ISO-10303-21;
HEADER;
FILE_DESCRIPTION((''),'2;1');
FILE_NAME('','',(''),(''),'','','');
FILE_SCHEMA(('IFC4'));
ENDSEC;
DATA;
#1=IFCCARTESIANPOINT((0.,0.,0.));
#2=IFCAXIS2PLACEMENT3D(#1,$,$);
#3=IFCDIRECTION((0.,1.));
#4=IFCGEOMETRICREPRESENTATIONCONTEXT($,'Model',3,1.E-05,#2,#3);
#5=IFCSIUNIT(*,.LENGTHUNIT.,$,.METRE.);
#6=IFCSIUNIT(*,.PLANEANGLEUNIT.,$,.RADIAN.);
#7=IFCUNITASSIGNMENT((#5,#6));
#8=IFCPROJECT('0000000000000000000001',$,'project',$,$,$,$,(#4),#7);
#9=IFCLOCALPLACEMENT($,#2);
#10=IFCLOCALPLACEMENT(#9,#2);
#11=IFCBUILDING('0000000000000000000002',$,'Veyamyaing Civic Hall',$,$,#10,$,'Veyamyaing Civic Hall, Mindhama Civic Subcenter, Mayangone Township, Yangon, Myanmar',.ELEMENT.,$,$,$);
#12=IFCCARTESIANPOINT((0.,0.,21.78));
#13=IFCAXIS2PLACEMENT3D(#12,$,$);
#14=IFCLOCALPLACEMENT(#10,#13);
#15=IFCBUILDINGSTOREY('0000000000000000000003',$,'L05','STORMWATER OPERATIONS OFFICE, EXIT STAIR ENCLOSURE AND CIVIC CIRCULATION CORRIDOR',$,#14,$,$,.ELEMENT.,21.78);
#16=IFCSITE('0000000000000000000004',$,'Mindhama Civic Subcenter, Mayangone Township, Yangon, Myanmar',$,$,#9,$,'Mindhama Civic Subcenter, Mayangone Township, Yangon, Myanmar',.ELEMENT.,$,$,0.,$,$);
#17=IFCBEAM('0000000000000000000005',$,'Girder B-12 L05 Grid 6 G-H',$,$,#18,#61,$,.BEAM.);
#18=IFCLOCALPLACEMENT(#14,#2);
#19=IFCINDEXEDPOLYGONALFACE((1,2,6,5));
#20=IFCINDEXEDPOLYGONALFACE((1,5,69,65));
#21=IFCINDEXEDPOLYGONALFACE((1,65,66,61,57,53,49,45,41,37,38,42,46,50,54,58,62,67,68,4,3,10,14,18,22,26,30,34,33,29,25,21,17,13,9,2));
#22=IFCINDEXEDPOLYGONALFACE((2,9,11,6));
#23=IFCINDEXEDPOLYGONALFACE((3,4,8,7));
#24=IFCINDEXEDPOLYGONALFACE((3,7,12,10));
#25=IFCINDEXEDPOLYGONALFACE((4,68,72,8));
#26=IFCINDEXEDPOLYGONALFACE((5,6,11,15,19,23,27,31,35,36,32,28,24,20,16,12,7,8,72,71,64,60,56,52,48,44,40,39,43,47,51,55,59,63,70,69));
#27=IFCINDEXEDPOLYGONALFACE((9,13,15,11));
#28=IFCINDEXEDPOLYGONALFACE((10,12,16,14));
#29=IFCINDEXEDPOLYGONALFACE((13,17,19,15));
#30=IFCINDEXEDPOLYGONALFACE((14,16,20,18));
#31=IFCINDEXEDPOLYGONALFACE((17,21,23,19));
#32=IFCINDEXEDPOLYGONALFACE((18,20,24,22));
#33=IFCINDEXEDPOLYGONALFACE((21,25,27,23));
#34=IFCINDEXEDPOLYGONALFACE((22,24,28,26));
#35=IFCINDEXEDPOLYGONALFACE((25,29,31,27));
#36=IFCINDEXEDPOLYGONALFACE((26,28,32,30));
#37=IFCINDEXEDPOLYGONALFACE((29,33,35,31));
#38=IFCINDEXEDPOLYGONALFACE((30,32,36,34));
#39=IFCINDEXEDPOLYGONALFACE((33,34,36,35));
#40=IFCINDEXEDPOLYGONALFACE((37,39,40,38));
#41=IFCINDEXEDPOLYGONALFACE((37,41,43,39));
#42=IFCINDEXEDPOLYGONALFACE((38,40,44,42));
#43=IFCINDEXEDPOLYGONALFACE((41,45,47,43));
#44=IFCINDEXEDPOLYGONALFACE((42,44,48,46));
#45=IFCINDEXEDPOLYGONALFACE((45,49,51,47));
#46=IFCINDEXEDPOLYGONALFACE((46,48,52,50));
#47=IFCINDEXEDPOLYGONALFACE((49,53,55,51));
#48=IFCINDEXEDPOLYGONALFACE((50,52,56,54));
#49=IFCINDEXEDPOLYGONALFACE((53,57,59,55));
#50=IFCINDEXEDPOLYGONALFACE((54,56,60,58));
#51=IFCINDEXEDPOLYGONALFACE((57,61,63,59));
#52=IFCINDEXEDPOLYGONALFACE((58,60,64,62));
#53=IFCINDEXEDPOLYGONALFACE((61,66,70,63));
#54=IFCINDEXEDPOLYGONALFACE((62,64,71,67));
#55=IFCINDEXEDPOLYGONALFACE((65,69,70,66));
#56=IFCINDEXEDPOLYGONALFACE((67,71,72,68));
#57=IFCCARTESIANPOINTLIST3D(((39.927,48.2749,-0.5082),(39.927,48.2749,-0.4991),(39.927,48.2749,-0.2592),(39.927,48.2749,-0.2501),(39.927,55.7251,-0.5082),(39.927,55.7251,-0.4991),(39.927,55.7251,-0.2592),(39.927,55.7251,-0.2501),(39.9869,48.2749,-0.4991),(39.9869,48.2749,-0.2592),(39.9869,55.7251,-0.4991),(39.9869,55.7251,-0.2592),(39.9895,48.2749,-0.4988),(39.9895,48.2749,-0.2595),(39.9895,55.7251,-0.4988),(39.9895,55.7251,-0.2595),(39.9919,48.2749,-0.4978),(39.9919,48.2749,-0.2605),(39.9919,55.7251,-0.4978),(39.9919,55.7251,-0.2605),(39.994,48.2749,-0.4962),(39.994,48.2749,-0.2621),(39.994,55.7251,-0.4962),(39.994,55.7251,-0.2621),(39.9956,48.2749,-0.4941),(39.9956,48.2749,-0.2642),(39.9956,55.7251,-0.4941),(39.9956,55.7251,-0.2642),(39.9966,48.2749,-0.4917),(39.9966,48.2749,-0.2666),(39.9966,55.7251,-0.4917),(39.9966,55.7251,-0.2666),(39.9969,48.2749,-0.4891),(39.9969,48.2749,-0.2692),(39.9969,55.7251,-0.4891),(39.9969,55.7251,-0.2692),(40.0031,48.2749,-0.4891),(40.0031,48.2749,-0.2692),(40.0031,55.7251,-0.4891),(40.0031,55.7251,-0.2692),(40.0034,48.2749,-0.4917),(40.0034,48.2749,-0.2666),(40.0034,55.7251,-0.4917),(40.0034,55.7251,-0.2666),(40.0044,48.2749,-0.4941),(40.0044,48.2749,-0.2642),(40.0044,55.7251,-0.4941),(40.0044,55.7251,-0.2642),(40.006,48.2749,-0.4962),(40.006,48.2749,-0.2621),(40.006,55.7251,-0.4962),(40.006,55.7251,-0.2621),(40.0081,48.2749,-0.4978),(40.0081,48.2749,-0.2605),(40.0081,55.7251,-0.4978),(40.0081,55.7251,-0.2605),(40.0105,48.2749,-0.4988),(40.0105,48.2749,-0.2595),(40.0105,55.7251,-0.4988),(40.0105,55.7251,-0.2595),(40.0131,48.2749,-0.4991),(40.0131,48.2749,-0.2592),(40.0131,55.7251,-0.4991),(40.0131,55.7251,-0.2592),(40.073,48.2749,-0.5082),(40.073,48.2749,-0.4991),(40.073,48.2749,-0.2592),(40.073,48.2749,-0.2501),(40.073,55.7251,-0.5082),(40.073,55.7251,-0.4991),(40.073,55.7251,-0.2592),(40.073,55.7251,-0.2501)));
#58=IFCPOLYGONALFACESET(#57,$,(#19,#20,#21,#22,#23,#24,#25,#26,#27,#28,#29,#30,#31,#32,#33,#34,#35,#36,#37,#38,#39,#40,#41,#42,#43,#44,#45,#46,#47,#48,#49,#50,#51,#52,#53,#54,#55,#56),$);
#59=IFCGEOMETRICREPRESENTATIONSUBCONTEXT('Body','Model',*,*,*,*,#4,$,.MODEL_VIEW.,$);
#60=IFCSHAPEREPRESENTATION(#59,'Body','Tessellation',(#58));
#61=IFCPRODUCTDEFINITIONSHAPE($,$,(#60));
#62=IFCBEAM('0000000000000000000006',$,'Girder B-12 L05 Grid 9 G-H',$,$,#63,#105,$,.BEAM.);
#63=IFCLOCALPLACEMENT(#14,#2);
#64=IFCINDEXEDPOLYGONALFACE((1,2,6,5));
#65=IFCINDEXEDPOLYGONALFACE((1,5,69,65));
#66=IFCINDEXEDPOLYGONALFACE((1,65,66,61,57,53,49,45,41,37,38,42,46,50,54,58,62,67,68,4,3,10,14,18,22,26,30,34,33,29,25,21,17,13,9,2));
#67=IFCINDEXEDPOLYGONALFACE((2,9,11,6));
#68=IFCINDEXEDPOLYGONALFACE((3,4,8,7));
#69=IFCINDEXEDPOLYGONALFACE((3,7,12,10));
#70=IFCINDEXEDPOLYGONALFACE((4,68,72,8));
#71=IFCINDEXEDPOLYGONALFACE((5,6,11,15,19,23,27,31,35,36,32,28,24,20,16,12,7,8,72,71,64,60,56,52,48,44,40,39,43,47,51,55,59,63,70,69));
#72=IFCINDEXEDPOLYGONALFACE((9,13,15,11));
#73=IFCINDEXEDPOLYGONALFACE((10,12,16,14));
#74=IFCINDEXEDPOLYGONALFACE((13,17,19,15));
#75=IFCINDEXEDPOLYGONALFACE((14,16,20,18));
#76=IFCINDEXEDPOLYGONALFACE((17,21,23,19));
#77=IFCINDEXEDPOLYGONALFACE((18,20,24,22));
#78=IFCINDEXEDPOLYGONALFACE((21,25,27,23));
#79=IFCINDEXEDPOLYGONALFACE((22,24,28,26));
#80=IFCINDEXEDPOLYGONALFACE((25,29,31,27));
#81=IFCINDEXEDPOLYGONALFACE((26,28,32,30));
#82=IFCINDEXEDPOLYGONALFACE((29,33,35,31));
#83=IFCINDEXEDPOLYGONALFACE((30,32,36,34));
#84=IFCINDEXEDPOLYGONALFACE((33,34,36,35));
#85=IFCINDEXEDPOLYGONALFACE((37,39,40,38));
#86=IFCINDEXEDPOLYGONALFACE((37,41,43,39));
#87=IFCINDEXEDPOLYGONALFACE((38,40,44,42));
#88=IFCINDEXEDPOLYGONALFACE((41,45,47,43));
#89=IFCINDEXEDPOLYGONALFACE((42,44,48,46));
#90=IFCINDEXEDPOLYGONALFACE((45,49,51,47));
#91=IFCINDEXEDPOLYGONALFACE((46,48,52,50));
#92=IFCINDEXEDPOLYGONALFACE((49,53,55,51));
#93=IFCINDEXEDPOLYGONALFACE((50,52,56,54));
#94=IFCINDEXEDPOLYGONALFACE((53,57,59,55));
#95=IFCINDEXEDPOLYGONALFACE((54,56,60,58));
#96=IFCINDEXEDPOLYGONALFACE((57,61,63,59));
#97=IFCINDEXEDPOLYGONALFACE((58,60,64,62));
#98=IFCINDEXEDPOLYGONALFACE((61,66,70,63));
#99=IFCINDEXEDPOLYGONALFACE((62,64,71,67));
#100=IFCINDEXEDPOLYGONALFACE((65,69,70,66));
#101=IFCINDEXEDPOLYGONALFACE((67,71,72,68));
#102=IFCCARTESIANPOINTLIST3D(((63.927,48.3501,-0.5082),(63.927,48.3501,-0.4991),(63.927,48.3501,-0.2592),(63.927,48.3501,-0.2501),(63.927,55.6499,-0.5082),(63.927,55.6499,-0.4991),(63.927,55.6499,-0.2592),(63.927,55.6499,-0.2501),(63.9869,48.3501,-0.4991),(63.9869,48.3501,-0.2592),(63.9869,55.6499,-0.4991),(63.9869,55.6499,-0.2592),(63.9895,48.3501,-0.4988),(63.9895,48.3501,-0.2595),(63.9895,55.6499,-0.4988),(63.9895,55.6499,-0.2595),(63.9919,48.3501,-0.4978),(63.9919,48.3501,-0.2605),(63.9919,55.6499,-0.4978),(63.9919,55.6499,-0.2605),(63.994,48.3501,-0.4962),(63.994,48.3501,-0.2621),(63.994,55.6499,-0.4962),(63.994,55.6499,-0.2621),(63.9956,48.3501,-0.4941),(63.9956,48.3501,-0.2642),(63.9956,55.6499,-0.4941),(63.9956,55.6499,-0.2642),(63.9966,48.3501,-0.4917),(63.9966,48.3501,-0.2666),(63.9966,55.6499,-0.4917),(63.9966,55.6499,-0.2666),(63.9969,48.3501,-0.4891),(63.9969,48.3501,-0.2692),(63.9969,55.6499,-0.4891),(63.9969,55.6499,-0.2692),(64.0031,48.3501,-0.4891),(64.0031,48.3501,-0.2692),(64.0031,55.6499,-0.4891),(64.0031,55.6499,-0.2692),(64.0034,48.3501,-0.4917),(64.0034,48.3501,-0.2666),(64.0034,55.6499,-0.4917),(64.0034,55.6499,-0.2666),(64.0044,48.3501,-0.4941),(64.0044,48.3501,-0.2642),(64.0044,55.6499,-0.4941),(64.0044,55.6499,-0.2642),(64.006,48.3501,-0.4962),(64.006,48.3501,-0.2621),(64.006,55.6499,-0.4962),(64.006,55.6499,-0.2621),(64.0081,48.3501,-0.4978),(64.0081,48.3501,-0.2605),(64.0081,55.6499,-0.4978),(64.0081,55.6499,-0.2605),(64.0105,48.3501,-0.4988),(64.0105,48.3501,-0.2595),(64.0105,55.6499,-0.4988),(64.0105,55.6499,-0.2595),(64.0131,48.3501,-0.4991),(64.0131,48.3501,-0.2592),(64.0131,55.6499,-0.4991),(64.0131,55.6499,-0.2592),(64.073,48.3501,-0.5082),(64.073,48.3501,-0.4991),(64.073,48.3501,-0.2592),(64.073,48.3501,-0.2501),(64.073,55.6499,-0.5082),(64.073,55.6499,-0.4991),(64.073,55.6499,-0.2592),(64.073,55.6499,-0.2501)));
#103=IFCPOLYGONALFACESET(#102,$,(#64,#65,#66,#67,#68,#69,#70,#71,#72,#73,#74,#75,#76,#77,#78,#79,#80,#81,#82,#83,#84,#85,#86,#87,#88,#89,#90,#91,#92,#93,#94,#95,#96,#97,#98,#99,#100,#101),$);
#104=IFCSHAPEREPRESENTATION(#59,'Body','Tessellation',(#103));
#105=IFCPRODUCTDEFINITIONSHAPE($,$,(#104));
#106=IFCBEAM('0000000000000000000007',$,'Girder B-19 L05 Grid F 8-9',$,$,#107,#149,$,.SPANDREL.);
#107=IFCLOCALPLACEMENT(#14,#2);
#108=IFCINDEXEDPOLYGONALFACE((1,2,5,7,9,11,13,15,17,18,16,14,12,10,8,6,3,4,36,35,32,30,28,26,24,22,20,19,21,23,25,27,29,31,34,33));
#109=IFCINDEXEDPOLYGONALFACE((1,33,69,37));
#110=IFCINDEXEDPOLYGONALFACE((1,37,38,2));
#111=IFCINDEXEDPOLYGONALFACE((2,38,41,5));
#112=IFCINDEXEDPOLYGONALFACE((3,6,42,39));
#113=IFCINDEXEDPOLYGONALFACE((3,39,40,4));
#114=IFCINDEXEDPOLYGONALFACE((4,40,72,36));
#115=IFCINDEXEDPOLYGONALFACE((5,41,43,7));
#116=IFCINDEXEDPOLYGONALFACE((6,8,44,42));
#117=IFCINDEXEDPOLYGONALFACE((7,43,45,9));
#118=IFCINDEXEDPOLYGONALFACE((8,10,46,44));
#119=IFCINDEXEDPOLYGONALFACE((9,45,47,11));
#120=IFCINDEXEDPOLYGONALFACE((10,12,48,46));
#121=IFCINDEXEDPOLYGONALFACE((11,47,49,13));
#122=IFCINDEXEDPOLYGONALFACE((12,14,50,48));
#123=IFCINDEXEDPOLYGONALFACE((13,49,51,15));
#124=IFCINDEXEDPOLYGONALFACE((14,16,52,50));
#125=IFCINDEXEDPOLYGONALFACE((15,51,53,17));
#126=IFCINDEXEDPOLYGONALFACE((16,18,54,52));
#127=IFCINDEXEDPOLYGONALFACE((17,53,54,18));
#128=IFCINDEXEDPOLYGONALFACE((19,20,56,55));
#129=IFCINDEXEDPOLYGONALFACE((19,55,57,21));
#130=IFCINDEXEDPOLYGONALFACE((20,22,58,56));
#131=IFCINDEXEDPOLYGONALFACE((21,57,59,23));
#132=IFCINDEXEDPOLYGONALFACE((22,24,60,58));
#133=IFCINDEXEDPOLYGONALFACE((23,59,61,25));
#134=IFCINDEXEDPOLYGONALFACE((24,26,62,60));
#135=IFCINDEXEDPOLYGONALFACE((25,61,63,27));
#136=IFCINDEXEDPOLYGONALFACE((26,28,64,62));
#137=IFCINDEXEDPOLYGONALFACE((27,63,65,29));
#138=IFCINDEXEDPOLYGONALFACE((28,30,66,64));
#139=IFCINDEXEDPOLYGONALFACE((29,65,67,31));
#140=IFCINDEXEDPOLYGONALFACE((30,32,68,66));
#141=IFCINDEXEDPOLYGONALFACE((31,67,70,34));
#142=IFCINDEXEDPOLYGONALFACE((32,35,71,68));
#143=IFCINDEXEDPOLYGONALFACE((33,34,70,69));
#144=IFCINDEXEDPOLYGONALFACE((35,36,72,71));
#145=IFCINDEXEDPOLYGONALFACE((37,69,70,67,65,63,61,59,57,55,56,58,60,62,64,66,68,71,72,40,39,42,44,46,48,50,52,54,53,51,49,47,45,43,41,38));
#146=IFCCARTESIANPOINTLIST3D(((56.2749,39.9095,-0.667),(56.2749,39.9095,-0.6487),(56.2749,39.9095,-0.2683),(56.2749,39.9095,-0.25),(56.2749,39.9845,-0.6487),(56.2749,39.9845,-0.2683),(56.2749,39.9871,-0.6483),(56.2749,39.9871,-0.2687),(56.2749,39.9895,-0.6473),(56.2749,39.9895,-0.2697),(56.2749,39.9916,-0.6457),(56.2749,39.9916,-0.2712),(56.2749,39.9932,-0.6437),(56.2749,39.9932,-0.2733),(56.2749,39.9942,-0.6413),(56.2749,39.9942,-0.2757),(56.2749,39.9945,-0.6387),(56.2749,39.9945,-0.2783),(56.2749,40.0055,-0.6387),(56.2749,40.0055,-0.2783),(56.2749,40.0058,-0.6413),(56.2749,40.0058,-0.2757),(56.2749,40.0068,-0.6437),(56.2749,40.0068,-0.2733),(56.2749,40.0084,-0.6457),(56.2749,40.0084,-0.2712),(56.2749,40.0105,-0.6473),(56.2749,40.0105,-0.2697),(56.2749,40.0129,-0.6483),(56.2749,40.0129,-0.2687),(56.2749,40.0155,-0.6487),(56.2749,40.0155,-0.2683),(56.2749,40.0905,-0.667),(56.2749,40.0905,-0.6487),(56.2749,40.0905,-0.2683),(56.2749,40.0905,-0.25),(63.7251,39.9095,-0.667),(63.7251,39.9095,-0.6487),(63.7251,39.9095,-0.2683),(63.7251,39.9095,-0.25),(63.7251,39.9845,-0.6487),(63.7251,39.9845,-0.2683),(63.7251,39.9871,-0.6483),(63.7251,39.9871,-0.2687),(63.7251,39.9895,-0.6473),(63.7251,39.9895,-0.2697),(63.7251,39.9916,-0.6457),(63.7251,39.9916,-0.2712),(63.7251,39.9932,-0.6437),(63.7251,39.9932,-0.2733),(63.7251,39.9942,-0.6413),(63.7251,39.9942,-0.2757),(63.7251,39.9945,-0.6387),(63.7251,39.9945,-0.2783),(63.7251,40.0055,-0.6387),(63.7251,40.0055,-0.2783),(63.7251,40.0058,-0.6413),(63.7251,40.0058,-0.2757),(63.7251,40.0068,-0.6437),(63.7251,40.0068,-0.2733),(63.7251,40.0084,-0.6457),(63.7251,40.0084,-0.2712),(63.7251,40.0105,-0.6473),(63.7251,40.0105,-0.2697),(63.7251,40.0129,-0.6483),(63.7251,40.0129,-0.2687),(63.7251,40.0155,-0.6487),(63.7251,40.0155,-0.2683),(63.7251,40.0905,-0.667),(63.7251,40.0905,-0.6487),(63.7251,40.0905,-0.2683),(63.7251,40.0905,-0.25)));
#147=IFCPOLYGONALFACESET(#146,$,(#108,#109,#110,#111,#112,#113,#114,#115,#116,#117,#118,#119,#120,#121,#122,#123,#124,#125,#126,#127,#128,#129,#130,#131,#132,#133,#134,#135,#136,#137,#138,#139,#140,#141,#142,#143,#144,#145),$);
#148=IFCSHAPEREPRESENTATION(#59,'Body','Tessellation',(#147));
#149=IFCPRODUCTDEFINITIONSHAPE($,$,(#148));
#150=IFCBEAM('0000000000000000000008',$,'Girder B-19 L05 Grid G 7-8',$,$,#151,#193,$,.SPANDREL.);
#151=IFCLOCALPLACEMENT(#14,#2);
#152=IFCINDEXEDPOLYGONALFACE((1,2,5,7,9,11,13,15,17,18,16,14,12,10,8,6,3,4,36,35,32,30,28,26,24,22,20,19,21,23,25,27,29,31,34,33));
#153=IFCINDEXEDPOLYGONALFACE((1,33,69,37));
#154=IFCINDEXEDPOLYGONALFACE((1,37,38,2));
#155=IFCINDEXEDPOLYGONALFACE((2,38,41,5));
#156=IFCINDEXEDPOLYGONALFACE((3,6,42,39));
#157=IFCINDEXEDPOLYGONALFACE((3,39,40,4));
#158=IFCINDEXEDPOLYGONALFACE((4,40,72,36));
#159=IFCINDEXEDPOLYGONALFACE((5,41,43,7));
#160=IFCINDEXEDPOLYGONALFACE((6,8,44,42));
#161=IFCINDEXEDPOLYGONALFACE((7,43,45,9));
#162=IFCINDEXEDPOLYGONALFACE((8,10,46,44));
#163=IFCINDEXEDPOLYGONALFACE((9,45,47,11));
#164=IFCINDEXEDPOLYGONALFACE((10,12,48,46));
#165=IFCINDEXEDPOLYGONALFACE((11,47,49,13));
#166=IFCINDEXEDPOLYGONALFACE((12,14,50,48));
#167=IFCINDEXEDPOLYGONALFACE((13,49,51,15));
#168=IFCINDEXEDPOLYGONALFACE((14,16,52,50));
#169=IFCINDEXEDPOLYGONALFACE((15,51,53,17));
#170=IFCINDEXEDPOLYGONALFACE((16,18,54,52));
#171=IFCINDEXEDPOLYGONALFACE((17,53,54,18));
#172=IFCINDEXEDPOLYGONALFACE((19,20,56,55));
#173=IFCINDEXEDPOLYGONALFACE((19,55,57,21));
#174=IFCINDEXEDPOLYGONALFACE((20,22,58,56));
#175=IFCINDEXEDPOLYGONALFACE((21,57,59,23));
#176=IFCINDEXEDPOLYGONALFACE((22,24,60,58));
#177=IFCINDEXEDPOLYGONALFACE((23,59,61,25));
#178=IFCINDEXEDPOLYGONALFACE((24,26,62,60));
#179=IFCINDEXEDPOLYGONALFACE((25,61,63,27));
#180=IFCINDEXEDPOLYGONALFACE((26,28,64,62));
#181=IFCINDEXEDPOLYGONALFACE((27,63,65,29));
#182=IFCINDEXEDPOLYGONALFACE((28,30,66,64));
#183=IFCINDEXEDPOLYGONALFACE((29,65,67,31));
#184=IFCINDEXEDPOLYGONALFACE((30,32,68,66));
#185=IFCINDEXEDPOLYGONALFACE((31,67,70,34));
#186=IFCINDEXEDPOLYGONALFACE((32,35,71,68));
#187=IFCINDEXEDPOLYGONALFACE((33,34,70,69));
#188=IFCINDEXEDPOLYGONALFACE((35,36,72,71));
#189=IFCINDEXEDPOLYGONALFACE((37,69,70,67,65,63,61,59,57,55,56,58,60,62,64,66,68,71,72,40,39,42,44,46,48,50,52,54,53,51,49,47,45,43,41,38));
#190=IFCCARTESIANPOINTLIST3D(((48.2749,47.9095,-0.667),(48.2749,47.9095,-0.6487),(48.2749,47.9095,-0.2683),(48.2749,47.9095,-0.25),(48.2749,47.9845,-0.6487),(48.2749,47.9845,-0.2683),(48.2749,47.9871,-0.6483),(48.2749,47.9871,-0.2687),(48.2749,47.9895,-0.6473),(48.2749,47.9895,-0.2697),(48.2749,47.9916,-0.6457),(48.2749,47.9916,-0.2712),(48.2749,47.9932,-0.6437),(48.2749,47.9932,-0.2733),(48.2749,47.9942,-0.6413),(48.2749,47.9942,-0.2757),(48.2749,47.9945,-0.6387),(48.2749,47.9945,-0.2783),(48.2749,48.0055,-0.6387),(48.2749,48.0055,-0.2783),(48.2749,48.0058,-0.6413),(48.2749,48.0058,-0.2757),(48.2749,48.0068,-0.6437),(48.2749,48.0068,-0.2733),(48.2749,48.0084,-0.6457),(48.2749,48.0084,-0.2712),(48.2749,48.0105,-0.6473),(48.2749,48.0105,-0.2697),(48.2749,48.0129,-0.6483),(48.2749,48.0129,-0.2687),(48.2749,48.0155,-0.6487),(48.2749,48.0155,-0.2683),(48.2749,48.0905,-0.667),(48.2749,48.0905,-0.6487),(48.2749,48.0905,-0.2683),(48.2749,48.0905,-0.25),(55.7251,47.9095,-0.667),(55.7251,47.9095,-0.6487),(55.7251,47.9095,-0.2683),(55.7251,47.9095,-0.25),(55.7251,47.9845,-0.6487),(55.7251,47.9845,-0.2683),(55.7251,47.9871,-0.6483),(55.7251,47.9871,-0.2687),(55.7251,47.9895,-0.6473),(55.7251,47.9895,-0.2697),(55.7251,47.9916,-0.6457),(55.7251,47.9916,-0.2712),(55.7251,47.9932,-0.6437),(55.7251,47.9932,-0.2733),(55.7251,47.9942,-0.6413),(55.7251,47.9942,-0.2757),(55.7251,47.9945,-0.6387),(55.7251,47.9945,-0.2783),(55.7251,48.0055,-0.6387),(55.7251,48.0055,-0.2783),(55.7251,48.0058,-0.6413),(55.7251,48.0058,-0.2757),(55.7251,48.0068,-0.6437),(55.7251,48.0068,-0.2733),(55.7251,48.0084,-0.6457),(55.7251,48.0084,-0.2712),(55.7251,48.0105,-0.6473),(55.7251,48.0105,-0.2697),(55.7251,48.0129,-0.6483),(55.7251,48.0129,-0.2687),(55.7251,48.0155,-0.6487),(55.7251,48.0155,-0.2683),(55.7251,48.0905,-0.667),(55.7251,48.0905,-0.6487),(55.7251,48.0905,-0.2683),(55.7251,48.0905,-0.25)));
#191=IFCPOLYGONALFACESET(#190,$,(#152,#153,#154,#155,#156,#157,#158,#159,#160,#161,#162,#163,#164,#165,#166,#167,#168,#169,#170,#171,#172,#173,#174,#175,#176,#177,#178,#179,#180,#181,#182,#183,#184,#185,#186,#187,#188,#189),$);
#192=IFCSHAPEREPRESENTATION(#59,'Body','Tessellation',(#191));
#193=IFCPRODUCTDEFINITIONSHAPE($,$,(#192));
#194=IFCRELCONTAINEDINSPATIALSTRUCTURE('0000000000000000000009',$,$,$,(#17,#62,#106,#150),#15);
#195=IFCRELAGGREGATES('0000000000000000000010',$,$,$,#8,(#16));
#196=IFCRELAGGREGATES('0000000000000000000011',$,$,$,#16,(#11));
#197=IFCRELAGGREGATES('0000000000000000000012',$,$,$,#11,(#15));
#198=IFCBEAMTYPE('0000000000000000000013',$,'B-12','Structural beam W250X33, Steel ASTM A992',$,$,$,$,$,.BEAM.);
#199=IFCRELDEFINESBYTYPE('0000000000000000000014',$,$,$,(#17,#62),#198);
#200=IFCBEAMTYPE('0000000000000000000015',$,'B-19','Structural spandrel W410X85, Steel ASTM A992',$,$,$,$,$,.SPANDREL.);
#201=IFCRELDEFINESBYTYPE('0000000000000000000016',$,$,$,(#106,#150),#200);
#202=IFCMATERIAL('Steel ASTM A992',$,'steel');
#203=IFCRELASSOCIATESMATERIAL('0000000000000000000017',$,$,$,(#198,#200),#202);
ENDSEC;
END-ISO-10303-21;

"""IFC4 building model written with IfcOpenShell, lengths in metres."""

from ifc_helpers import new_model, si_unit, direction, frame, origin, origin_2d, place, context, subcontext, project, spatial, i_section, extrude, material, material_profile, profile_set, type_object, element, save


model = new_model("IFC4")

# Units and contexts
model_context = context("Model", 3, precision=1e-05, world=origin(), true_north=direction((0.0, 1.0)))
body_context = subcontext(model_context, "Body", "Model", "MODEL_VIEW")
ifc_project = project(units=[si_unit("LENGTHUNIT", "METRE"), si_unit("PLANEANGLEUNIT", "RADIAN")], contexts=[model_context])

# Site, building, storey
site_placement = place(None, origin())
site = spatial("IfcSite", under=ifc_project, at=site_placement, Name="Mindhama Civic Subcenter, Mayangone Township, Yangon, Myanmar", LongName="Mindhama Civic Subcenter, Mayangone Township, Yangon, Myanmar", CompositionType="ELEMENT", RefElevation=0.0)
building_placement = place(site_placement, origin())
building = spatial("IfcBuilding", under=site, at=building_placement, Name="Veyamyaing Civic Hall", LongName="Veyamyaing Civic Hall, Mindhama Civic Subcenter, Mayangone Township, Yangon, Myanmar", CompositionType="ELEMENT")
storey_placement = place(building_placement, frame((0.0, 0.0, 21.78)))
storey = spatial("IfcBuildingStorey", under=building, at=storey_placement, Name="L05", Description="STORMWATER OPERATIONS OFFICE, EXIT STAIR ENCLOSURE AND CIVIC CIRCULATION CORRIDOR", CompositionType="ELEMENT", Elevation=21.78)

# Beams
ifc_material_1 = material(Name="Steel ASTM A992", Category="steel")
ifc_material_profile_1 = material_profile(ifc_material_1, i_section(OverallWidth=0.146, OverallDepth=0.2581, WebThickness=0.0061, FlangeThickness=0.009, FilletRadius=0.01, at=origin_2d()), Name="W250X33")
ifc_profile_set_1 = profile_set([ifc_material_profile_1], Name="Steel ASTM A992")
beam_type_1 = type_object("IfcBeamType", Name="B-12", Description="Structural beam W250X33, Steel ASTM A992", PredefinedType="BEAM", material=ifc_profile_set_1)
beam_1_placement = place(storey_placement, frame((40.0, 48.2749, -0.3792), z_axis=(0.0, 1.0, 0.0), x_axis=(-1.0, 0.0, 0.0)))
element("IfcBeam", 1, at=beam_1_placement, inside=storey, type_object=beam_type_1, Name="Girder B-12 L05 Grid 6 G-H", PredefinedType="BEAM", context=body_context, shape_type="SweptSolid", body=[
    extrude(i_section(OverallWidth=0.146, OverallDepth=0.2581, WebThickness=0.0061, FlangeThickness=0.009, FilletRadius=0.01, at=origin_2d()), origin(), (0.0, 0.0, 1.0), 7.4502),
])
beam_2_placement = place(storey_placement, frame((64.0, 48.3501, -0.3792), z_axis=(0.0, 1.0, 0.0), x_axis=(-1.0, 0.0, 0.0)))
element("IfcBeam", 2, at=beam_2_placement, inside=storey, type_object=beam_type_1, Name="Girder B-12 L05 Grid 9 G-H", PredefinedType="BEAM", context=body_context, shape_type="SweptSolid", body=[
    extrude(i_section(OverallWidth=0.146, OverallDepth=0.2581, WebThickness=0.0061, FlangeThickness=0.009, FilletRadius=0.01, at=origin_2d()), origin(), (0.0, 0.0, 1.0), 7.2998),
])
ifc_material_profile_2 = material_profile(ifc_material_1, i_section(OverallWidth=0.1809, OverallDepth=0.417, WebThickness=0.011, FlangeThickness=0.0183, FilletRadius=0.01, at=origin_2d()), Name="W410X85")
ifc_profile_set_2 = profile_set([ifc_material_profile_2], Name="Steel ASTM A992")
beam_type_2 = type_object("IfcBeamType", Name="B-19", Description="Structural spandrel W410X85, Steel ASTM A992", PredefinedType="SPANDREL", material=ifc_profile_set_2)
for number, where, z_axis, x_axis, name in (
    (3, (56.2749, 40.0, -0.4585), (1.0, 0.0, 0.0), (0.0, 1.0, 0.0), "Girder B-19 L05 Grid F 8-9"),
    (4, (48.2749, 48.0, -0.4585), (1.0, 0.0, 0.0), (0.0, 1.0, 0.0), "Girder B-19 L05 Grid G 7-8"),
):
    element("IfcBeam", number, at=place(storey_placement, frame(where, z_axis=z_axis, x_axis=x_axis)), inside=storey, type_object=beam_type_2, Name=name, PredefinedType="SPANDREL", context=body_context, shape_type="SweptSolid", body=[
        extrude(i_section(OverallWidth=0.1809, OverallDepth=0.417, WebThickness=0.011, FlangeThickness=0.0183, FilletRadius=0.01, at=origin_2d()), origin(), (0.0, 0.0, 1.0), 7.4502),
    ])

save(model, "model.ifc")
